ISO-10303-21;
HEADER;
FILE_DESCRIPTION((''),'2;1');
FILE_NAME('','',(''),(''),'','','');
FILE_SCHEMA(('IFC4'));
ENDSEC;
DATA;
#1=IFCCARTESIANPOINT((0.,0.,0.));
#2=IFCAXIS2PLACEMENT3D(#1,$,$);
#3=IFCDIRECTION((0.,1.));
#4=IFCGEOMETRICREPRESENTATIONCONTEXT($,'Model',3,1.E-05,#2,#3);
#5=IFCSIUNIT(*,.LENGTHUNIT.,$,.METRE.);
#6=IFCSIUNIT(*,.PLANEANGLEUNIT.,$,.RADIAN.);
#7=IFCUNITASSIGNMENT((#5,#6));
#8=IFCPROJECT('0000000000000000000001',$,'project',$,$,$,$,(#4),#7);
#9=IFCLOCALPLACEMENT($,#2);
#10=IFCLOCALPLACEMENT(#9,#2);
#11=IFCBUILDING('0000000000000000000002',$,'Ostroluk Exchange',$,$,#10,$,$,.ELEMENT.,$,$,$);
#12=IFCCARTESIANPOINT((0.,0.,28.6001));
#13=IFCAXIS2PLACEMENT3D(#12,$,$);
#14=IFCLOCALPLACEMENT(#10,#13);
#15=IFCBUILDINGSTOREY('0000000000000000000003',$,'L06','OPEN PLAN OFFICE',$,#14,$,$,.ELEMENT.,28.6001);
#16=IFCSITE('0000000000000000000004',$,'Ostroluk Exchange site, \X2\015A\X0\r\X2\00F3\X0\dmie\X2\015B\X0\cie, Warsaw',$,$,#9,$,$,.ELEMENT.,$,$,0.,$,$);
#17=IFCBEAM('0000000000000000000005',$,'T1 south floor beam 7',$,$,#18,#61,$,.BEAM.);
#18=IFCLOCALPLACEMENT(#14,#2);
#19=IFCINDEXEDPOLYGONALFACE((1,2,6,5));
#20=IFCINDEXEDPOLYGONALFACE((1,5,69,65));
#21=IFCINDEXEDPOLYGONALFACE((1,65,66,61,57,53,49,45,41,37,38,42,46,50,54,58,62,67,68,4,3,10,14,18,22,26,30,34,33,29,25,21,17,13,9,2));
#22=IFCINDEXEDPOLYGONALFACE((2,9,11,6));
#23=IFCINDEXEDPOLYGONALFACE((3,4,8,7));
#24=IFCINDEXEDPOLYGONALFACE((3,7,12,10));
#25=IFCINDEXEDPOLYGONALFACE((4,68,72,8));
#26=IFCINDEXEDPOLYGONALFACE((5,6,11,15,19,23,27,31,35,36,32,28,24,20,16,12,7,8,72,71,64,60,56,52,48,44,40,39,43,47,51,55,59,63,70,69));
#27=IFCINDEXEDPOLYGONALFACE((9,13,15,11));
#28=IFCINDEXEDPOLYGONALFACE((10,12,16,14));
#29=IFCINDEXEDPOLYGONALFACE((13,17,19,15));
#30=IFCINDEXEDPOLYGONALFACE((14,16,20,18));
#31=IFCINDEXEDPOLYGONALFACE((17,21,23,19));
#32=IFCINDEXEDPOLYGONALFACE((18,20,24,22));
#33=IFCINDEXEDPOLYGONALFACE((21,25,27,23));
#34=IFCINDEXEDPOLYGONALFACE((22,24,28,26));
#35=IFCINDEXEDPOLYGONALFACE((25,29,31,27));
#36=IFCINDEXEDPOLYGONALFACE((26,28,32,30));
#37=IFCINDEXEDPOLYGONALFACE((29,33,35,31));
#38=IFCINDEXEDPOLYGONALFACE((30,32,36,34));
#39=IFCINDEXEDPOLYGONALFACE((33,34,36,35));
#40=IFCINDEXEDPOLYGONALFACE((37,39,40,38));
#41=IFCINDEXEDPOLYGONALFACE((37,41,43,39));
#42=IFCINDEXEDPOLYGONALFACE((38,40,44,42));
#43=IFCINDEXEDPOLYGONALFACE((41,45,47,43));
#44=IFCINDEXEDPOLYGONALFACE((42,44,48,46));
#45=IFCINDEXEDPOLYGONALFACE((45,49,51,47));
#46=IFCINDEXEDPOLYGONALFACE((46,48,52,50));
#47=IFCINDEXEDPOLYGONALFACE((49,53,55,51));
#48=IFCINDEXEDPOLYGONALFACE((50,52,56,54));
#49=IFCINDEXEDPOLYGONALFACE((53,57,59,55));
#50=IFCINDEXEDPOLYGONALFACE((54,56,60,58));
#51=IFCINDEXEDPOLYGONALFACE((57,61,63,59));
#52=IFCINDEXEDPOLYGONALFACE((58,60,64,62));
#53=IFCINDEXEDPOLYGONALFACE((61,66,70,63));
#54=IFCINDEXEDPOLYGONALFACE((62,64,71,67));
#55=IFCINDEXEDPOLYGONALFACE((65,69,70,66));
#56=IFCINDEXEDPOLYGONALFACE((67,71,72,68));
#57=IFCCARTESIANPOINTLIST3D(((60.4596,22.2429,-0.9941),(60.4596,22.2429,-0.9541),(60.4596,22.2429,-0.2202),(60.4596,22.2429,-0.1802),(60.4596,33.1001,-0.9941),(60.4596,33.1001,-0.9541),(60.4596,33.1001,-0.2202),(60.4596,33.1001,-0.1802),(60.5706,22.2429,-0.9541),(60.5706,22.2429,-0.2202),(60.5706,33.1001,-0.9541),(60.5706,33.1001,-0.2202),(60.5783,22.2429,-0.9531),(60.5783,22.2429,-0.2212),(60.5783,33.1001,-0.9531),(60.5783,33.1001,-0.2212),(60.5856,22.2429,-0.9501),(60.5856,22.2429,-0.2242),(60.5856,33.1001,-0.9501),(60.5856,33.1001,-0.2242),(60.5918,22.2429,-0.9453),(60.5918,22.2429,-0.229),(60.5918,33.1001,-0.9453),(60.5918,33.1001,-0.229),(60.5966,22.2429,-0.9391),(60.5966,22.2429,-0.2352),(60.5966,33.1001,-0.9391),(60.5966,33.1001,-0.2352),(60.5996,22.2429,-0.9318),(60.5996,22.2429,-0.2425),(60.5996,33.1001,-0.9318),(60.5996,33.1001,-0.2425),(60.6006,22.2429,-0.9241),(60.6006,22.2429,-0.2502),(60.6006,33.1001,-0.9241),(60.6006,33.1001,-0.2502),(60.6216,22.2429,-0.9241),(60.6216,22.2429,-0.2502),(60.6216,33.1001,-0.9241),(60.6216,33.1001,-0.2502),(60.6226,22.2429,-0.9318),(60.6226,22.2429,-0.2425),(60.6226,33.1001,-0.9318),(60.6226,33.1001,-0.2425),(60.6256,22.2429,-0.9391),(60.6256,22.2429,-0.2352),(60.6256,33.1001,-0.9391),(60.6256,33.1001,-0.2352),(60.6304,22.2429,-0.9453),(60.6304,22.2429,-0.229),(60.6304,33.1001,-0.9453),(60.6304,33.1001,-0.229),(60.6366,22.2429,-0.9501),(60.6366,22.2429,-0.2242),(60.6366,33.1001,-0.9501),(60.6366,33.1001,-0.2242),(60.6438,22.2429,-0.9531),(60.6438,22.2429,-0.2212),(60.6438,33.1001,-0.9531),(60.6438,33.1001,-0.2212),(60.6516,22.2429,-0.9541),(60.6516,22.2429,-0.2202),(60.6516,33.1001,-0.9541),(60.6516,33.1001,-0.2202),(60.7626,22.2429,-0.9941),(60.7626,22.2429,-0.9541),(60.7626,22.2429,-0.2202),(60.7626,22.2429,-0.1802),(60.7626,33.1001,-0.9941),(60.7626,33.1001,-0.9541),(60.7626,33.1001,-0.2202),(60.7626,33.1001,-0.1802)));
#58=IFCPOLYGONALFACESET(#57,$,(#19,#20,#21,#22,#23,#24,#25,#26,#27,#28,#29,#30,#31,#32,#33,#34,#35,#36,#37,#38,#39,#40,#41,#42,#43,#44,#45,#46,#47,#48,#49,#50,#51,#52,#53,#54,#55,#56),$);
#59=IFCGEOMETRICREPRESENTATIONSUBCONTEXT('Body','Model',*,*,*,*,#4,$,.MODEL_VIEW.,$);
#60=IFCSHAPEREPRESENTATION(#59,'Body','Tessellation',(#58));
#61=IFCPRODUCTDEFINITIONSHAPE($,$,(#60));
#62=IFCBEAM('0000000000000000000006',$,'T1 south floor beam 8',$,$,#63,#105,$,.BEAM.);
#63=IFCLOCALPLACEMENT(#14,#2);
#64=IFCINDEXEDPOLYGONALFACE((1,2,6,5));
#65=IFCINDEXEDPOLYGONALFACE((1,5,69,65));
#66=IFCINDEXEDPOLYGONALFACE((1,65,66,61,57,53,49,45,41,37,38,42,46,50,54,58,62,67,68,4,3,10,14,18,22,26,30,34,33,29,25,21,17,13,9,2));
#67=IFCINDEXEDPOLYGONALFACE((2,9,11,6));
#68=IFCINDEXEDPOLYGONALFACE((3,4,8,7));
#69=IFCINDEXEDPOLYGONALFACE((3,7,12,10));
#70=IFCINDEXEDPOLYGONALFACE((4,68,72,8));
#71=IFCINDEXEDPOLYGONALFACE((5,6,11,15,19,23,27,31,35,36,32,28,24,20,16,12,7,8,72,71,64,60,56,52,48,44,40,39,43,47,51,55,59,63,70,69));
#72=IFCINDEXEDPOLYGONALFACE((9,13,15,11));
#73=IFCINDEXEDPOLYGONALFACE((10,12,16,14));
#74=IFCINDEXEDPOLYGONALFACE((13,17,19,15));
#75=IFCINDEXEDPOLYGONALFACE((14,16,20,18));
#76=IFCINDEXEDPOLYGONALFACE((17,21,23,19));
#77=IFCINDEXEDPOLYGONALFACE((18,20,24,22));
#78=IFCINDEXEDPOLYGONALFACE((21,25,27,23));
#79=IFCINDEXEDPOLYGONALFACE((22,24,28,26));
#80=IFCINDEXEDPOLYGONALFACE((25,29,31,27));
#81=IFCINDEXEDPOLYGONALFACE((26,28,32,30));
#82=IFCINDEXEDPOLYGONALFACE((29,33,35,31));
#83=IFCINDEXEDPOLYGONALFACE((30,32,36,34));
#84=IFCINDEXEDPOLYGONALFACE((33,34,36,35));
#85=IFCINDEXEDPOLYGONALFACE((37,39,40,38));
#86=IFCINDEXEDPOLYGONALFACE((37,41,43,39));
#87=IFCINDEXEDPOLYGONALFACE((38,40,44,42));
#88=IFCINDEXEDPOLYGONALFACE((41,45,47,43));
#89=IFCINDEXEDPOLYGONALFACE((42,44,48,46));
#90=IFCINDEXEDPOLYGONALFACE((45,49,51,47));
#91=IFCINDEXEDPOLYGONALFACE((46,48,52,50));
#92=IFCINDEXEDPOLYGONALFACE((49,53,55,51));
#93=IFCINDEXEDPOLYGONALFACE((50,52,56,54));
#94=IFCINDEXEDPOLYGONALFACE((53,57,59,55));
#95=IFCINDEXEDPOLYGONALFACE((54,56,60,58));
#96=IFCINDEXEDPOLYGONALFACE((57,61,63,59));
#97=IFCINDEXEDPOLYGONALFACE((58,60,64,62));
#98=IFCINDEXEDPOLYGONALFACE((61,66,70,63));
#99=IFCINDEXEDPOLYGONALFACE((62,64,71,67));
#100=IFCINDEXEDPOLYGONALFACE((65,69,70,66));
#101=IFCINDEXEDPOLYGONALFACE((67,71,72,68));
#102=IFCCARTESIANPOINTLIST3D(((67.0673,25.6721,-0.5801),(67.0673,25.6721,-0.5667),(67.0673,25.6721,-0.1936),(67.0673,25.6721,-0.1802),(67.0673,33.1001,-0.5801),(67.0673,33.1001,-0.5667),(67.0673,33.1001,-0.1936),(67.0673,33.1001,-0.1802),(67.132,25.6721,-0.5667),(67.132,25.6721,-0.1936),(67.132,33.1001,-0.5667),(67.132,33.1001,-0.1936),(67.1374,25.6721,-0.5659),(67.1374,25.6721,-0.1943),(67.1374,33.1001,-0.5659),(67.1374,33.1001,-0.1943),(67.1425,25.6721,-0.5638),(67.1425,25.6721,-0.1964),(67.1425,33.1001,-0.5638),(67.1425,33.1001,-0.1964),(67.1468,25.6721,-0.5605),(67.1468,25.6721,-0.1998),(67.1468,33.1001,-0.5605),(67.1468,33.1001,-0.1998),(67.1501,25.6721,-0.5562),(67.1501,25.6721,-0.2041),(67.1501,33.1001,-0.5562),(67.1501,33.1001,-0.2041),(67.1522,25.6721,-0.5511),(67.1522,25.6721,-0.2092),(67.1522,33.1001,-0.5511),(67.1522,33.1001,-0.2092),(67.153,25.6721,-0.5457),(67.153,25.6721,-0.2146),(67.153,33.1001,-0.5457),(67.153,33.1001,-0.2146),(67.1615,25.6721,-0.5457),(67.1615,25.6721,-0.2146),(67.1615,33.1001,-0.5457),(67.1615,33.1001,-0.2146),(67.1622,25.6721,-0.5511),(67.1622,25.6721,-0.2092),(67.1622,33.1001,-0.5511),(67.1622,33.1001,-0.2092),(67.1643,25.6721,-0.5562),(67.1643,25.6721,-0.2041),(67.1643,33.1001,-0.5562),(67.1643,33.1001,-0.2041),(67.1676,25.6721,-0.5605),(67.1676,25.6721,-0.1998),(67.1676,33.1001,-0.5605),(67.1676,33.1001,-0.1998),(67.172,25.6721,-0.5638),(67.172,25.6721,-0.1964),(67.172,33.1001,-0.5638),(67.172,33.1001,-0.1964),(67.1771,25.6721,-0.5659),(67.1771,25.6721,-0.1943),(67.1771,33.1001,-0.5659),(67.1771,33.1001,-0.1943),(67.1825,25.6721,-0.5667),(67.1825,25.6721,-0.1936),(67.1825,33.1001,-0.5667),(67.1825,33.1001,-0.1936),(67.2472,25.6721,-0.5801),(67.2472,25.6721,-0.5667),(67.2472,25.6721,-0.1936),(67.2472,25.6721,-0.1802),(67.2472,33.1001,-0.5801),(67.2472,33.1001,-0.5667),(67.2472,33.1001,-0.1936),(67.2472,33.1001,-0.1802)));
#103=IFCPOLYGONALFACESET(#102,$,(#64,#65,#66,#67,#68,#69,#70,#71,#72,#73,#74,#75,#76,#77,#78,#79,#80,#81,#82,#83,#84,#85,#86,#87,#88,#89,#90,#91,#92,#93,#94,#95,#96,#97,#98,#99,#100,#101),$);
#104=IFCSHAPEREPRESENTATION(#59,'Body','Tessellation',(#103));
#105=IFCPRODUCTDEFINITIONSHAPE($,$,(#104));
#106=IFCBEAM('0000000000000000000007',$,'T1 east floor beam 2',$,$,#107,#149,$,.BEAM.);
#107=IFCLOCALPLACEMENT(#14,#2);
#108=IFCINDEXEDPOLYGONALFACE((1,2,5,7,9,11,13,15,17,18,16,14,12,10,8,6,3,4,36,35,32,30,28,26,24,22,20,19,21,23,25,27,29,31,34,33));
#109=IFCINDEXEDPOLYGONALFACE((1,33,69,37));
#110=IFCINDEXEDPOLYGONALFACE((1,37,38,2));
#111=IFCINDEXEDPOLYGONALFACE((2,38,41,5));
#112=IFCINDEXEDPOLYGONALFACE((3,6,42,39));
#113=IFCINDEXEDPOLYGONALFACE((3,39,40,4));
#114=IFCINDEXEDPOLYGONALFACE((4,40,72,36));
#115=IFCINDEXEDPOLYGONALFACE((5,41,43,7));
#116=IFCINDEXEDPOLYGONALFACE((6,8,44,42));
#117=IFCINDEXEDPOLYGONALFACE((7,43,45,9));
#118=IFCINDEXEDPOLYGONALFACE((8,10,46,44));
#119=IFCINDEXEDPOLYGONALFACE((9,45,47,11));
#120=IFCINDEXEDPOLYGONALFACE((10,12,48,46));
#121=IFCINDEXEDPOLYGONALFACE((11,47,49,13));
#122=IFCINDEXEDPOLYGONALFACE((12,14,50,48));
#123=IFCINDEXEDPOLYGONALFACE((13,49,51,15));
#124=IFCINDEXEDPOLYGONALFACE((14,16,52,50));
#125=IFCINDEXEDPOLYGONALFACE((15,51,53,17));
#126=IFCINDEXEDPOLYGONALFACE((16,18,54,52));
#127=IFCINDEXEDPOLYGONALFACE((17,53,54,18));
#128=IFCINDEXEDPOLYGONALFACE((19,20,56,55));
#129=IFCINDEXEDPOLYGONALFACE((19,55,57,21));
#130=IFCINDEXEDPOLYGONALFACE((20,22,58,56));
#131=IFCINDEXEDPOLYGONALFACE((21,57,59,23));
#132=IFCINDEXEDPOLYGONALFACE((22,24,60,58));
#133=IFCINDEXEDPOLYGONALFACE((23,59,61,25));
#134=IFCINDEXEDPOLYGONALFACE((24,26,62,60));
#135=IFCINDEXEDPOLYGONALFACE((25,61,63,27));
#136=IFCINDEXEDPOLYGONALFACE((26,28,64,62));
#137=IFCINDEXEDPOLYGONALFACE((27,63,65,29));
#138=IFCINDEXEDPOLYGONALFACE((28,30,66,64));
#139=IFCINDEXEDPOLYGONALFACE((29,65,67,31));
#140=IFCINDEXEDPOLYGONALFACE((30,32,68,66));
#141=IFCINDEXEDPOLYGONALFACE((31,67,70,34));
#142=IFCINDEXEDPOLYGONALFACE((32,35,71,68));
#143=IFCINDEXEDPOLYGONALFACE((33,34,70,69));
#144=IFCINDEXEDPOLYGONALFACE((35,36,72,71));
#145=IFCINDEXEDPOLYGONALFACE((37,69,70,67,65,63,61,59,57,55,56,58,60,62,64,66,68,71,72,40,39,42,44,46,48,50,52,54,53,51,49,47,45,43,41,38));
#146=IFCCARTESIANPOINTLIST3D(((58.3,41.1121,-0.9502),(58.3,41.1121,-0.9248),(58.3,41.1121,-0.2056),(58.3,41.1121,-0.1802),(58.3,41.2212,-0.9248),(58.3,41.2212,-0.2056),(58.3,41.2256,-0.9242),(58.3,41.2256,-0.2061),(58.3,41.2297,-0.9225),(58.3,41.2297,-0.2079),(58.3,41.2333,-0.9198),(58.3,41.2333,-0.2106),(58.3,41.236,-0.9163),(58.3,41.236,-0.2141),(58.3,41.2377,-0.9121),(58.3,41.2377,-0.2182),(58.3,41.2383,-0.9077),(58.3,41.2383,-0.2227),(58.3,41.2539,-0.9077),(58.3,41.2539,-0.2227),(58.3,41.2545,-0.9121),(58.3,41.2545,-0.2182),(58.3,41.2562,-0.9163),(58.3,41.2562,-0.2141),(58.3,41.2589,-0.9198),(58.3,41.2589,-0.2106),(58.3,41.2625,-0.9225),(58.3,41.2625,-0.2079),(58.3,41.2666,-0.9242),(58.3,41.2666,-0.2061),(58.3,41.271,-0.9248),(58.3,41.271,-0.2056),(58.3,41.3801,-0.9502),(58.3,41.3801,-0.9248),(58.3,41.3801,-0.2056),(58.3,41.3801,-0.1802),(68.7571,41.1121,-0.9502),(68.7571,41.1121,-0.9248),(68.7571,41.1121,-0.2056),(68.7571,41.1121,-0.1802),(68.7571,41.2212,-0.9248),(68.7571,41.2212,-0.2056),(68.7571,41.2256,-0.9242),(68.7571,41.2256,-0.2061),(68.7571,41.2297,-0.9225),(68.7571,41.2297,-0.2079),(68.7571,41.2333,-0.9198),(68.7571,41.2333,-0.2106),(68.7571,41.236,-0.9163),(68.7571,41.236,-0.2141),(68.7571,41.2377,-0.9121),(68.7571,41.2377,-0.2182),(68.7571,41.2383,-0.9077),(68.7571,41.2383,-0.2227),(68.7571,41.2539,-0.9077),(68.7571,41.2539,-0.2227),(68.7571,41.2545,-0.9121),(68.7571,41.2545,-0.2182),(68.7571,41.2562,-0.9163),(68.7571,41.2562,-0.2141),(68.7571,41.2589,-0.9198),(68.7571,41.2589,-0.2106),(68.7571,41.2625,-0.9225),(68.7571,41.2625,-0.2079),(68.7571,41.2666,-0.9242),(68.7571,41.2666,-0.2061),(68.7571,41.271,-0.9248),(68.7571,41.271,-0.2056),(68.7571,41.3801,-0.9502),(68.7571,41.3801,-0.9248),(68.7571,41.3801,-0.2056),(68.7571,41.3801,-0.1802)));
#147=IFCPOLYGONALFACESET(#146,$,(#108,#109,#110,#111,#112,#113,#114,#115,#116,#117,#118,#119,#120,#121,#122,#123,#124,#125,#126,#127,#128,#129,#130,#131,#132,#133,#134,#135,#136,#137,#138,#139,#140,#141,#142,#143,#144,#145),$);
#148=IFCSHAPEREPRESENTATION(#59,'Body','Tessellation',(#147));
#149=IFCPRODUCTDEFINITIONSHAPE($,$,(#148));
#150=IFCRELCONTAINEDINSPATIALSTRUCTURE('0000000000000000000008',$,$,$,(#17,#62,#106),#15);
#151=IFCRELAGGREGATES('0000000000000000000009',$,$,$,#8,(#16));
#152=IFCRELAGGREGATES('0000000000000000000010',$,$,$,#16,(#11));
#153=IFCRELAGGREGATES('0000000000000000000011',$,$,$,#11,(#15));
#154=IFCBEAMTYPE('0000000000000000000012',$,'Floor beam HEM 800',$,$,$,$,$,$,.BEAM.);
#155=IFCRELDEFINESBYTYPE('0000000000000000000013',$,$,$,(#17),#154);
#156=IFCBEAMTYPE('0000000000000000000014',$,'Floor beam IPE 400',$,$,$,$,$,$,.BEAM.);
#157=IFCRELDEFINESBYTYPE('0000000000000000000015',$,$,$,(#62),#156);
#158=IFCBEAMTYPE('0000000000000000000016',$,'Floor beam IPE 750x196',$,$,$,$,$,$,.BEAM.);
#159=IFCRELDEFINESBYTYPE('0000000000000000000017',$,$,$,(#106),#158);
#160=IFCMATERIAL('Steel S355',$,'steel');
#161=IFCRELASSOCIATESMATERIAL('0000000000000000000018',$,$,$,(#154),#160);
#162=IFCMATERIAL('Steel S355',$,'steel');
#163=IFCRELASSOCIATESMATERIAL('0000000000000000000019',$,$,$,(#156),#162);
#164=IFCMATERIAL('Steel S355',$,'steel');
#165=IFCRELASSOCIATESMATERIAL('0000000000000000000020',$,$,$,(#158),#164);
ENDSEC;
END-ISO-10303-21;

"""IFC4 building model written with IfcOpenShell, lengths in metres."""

from ifc_helpers import new_model, si_unit, direction, frame, origin, origin_2d, place, context, subcontext, project, spatial, i_section, extrude, material, material_profile, profile_set, type_object, element, save


model = new_model("IFC4")

# Units and contexts
model_context = context("Model", 3, precision=1e-05, world=origin(), true_north=direction((0.0, 1.0)))
body_context = subcontext(model_context, "Body", "Model", "MODEL_VIEW")
ifc_project = project(units=[si_unit("LENGTHUNIT", "METRE"), si_unit("PLANEANGLEUNIT", "RADIAN")], contexts=[model_context])

# Site, building, storey
site_placement = place(None, origin())
site = spatial("IfcSite", under=ifc_project, at=site_placement, Name="Ostroluk Exchange site, Śródmieście, Warsaw", CompositionType="ELEMENT", RefElevation=0.0)
building_placement = place(site_placement, origin())
building = spatial("IfcBuilding", under=site, at=building_placement, Name="Ostroluk Exchange", CompositionType="ELEMENT")
storey_placement = place(building_placement, frame((0.0, 0.0, 28.6001)))
storey = spatial("IfcBuildingStorey", under=building, at=storey_placement, Name="L06", Description="OPEN PLAN OFFICE", CompositionType="ELEMENT", Elevation=28.6001)

# Beams
ifc_material_1 = material(Name="Steel S355", Category="steel")
ifc_material_profile_1 = material_profile(ifc_material_1, i_section(OverallWidth=0.303, OverallDepth=0.814, WebThickness=0.021, FlangeThickness=0.04, FilletRadius=0.03, at=origin_2d()), Name="HEM 800")
ifc_profile_set_1 = profile_set([ifc_material_profile_1], Name="Steel S355")
beam_type_1 = type_object("IfcBeamType", Name="Floor beam HEM 800", PredefinedType="BEAM", material=ifc_profile_set_1)
beam_1_placement = place(storey_placement, frame((60.6111, 33.1001, -0.5872), z_axis=(0.0, -1.0, 0.0), x_axis=(1.0, 0.0, 0.0)))
element("IfcBeam", 1, at=beam_1_placement, inside=storey, type_object=beam_type_1, Name="T1 south floor beam 7", PredefinedType="BEAM", context=body_context, shape_type="SweptSolid", body=[
    extrude(i_section(OverallWidth=0.303, OverallDepth=0.814, WebThickness=0.021, FlangeThickness=0.04, FilletRadius=0.03, at=origin_2d()), origin(), (0.0, 0.0, 1.0), 10.8572),
])
ifc_material_2 = material(Name="Steel S355", Category="steel")
ifc_material_profile_2 = material_profile(ifc_material_2, i_section(OverallWidth=0.1799, OverallDepth=0.3999, WebThickness=0.0085, FlangeThickness=0.0134, FilletRadius=0.021, at=origin_2d()), Name="IPE 400")
ifc_profile_set_2 = profile_set([ifc_material_profile_2], Name="Steel S355")
beam_type_2 = type_object("IfcBeamType", Name="Floor beam IPE 400", PredefinedType="BEAM", material=ifc_profile_set_2)
beam_2_placement = place(storey_placement, frame((67.1572, 33.1001, -0.3801), z_axis=(0.0, -1.0, 0.0), x_axis=(1.0, 0.0, 0.0)))
element("IfcBeam", 2, at=beam_2_placement, inside=storey, type_object=beam_type_2, Name="T1 south floor beam 8", PredefinedType="BEAM", context=body_context, shape_type="SweptSolid", body=[
    extrude(i_section(OverallWidth=0.1799, OverallDepth=0.3999, WebThickness=0.0085, FlangeThickness=0.0134, FilletRadius=0.021, at=origin_2d()), origin(), (0.0, 0.0, 1.0), 7.428),
])
ifc_material_3 = material(Name="Steel S355", Category="steel")
ifc_material_profile_3 = material_profile(ifc_material_3, i_section(OverallWidth=0.2681, OverallDepth=0.77, WebThickness=0.0156, FlangeThickness=0.0254, FilletRadius=0.0171, at=origin_2d()), Name="IPE 750x196")
ifc_profile_set_3 = profile_set([ifc_material_profile_3], Name="Steel S355")
beam_type_3 = type_object("IfcBeamType", Name="Floor beam IPE 750x196", PredefinedType="BEAM", material=ifc_profile_set_3)
beam_3_placement = place(storey_placement, frame((58.3, 41.2461, -0.5652), z_axis=(1.0, 0.0, 0.0), x_axis=(0.0, 1.0, 0.0)))
element("IfcBeam", 3, at=beam_3_placement, inside=storey, type_object=beam_type_3, Name="T1 east floor beam 2", PredefinedType="BEAM", context=body_context, shape_type="SweptSolid", body=[
    extrude(i_section(OverallWidth=0.2681, OverallDepth=0.77, WebThickness=0.0156, FlangeThickness=0.0254, FilletRadius=0.0171, at=origin_2d()), origin(), (0.0, 0.0, 1.0), 10.457),
])

save(model, "model.ifc")
